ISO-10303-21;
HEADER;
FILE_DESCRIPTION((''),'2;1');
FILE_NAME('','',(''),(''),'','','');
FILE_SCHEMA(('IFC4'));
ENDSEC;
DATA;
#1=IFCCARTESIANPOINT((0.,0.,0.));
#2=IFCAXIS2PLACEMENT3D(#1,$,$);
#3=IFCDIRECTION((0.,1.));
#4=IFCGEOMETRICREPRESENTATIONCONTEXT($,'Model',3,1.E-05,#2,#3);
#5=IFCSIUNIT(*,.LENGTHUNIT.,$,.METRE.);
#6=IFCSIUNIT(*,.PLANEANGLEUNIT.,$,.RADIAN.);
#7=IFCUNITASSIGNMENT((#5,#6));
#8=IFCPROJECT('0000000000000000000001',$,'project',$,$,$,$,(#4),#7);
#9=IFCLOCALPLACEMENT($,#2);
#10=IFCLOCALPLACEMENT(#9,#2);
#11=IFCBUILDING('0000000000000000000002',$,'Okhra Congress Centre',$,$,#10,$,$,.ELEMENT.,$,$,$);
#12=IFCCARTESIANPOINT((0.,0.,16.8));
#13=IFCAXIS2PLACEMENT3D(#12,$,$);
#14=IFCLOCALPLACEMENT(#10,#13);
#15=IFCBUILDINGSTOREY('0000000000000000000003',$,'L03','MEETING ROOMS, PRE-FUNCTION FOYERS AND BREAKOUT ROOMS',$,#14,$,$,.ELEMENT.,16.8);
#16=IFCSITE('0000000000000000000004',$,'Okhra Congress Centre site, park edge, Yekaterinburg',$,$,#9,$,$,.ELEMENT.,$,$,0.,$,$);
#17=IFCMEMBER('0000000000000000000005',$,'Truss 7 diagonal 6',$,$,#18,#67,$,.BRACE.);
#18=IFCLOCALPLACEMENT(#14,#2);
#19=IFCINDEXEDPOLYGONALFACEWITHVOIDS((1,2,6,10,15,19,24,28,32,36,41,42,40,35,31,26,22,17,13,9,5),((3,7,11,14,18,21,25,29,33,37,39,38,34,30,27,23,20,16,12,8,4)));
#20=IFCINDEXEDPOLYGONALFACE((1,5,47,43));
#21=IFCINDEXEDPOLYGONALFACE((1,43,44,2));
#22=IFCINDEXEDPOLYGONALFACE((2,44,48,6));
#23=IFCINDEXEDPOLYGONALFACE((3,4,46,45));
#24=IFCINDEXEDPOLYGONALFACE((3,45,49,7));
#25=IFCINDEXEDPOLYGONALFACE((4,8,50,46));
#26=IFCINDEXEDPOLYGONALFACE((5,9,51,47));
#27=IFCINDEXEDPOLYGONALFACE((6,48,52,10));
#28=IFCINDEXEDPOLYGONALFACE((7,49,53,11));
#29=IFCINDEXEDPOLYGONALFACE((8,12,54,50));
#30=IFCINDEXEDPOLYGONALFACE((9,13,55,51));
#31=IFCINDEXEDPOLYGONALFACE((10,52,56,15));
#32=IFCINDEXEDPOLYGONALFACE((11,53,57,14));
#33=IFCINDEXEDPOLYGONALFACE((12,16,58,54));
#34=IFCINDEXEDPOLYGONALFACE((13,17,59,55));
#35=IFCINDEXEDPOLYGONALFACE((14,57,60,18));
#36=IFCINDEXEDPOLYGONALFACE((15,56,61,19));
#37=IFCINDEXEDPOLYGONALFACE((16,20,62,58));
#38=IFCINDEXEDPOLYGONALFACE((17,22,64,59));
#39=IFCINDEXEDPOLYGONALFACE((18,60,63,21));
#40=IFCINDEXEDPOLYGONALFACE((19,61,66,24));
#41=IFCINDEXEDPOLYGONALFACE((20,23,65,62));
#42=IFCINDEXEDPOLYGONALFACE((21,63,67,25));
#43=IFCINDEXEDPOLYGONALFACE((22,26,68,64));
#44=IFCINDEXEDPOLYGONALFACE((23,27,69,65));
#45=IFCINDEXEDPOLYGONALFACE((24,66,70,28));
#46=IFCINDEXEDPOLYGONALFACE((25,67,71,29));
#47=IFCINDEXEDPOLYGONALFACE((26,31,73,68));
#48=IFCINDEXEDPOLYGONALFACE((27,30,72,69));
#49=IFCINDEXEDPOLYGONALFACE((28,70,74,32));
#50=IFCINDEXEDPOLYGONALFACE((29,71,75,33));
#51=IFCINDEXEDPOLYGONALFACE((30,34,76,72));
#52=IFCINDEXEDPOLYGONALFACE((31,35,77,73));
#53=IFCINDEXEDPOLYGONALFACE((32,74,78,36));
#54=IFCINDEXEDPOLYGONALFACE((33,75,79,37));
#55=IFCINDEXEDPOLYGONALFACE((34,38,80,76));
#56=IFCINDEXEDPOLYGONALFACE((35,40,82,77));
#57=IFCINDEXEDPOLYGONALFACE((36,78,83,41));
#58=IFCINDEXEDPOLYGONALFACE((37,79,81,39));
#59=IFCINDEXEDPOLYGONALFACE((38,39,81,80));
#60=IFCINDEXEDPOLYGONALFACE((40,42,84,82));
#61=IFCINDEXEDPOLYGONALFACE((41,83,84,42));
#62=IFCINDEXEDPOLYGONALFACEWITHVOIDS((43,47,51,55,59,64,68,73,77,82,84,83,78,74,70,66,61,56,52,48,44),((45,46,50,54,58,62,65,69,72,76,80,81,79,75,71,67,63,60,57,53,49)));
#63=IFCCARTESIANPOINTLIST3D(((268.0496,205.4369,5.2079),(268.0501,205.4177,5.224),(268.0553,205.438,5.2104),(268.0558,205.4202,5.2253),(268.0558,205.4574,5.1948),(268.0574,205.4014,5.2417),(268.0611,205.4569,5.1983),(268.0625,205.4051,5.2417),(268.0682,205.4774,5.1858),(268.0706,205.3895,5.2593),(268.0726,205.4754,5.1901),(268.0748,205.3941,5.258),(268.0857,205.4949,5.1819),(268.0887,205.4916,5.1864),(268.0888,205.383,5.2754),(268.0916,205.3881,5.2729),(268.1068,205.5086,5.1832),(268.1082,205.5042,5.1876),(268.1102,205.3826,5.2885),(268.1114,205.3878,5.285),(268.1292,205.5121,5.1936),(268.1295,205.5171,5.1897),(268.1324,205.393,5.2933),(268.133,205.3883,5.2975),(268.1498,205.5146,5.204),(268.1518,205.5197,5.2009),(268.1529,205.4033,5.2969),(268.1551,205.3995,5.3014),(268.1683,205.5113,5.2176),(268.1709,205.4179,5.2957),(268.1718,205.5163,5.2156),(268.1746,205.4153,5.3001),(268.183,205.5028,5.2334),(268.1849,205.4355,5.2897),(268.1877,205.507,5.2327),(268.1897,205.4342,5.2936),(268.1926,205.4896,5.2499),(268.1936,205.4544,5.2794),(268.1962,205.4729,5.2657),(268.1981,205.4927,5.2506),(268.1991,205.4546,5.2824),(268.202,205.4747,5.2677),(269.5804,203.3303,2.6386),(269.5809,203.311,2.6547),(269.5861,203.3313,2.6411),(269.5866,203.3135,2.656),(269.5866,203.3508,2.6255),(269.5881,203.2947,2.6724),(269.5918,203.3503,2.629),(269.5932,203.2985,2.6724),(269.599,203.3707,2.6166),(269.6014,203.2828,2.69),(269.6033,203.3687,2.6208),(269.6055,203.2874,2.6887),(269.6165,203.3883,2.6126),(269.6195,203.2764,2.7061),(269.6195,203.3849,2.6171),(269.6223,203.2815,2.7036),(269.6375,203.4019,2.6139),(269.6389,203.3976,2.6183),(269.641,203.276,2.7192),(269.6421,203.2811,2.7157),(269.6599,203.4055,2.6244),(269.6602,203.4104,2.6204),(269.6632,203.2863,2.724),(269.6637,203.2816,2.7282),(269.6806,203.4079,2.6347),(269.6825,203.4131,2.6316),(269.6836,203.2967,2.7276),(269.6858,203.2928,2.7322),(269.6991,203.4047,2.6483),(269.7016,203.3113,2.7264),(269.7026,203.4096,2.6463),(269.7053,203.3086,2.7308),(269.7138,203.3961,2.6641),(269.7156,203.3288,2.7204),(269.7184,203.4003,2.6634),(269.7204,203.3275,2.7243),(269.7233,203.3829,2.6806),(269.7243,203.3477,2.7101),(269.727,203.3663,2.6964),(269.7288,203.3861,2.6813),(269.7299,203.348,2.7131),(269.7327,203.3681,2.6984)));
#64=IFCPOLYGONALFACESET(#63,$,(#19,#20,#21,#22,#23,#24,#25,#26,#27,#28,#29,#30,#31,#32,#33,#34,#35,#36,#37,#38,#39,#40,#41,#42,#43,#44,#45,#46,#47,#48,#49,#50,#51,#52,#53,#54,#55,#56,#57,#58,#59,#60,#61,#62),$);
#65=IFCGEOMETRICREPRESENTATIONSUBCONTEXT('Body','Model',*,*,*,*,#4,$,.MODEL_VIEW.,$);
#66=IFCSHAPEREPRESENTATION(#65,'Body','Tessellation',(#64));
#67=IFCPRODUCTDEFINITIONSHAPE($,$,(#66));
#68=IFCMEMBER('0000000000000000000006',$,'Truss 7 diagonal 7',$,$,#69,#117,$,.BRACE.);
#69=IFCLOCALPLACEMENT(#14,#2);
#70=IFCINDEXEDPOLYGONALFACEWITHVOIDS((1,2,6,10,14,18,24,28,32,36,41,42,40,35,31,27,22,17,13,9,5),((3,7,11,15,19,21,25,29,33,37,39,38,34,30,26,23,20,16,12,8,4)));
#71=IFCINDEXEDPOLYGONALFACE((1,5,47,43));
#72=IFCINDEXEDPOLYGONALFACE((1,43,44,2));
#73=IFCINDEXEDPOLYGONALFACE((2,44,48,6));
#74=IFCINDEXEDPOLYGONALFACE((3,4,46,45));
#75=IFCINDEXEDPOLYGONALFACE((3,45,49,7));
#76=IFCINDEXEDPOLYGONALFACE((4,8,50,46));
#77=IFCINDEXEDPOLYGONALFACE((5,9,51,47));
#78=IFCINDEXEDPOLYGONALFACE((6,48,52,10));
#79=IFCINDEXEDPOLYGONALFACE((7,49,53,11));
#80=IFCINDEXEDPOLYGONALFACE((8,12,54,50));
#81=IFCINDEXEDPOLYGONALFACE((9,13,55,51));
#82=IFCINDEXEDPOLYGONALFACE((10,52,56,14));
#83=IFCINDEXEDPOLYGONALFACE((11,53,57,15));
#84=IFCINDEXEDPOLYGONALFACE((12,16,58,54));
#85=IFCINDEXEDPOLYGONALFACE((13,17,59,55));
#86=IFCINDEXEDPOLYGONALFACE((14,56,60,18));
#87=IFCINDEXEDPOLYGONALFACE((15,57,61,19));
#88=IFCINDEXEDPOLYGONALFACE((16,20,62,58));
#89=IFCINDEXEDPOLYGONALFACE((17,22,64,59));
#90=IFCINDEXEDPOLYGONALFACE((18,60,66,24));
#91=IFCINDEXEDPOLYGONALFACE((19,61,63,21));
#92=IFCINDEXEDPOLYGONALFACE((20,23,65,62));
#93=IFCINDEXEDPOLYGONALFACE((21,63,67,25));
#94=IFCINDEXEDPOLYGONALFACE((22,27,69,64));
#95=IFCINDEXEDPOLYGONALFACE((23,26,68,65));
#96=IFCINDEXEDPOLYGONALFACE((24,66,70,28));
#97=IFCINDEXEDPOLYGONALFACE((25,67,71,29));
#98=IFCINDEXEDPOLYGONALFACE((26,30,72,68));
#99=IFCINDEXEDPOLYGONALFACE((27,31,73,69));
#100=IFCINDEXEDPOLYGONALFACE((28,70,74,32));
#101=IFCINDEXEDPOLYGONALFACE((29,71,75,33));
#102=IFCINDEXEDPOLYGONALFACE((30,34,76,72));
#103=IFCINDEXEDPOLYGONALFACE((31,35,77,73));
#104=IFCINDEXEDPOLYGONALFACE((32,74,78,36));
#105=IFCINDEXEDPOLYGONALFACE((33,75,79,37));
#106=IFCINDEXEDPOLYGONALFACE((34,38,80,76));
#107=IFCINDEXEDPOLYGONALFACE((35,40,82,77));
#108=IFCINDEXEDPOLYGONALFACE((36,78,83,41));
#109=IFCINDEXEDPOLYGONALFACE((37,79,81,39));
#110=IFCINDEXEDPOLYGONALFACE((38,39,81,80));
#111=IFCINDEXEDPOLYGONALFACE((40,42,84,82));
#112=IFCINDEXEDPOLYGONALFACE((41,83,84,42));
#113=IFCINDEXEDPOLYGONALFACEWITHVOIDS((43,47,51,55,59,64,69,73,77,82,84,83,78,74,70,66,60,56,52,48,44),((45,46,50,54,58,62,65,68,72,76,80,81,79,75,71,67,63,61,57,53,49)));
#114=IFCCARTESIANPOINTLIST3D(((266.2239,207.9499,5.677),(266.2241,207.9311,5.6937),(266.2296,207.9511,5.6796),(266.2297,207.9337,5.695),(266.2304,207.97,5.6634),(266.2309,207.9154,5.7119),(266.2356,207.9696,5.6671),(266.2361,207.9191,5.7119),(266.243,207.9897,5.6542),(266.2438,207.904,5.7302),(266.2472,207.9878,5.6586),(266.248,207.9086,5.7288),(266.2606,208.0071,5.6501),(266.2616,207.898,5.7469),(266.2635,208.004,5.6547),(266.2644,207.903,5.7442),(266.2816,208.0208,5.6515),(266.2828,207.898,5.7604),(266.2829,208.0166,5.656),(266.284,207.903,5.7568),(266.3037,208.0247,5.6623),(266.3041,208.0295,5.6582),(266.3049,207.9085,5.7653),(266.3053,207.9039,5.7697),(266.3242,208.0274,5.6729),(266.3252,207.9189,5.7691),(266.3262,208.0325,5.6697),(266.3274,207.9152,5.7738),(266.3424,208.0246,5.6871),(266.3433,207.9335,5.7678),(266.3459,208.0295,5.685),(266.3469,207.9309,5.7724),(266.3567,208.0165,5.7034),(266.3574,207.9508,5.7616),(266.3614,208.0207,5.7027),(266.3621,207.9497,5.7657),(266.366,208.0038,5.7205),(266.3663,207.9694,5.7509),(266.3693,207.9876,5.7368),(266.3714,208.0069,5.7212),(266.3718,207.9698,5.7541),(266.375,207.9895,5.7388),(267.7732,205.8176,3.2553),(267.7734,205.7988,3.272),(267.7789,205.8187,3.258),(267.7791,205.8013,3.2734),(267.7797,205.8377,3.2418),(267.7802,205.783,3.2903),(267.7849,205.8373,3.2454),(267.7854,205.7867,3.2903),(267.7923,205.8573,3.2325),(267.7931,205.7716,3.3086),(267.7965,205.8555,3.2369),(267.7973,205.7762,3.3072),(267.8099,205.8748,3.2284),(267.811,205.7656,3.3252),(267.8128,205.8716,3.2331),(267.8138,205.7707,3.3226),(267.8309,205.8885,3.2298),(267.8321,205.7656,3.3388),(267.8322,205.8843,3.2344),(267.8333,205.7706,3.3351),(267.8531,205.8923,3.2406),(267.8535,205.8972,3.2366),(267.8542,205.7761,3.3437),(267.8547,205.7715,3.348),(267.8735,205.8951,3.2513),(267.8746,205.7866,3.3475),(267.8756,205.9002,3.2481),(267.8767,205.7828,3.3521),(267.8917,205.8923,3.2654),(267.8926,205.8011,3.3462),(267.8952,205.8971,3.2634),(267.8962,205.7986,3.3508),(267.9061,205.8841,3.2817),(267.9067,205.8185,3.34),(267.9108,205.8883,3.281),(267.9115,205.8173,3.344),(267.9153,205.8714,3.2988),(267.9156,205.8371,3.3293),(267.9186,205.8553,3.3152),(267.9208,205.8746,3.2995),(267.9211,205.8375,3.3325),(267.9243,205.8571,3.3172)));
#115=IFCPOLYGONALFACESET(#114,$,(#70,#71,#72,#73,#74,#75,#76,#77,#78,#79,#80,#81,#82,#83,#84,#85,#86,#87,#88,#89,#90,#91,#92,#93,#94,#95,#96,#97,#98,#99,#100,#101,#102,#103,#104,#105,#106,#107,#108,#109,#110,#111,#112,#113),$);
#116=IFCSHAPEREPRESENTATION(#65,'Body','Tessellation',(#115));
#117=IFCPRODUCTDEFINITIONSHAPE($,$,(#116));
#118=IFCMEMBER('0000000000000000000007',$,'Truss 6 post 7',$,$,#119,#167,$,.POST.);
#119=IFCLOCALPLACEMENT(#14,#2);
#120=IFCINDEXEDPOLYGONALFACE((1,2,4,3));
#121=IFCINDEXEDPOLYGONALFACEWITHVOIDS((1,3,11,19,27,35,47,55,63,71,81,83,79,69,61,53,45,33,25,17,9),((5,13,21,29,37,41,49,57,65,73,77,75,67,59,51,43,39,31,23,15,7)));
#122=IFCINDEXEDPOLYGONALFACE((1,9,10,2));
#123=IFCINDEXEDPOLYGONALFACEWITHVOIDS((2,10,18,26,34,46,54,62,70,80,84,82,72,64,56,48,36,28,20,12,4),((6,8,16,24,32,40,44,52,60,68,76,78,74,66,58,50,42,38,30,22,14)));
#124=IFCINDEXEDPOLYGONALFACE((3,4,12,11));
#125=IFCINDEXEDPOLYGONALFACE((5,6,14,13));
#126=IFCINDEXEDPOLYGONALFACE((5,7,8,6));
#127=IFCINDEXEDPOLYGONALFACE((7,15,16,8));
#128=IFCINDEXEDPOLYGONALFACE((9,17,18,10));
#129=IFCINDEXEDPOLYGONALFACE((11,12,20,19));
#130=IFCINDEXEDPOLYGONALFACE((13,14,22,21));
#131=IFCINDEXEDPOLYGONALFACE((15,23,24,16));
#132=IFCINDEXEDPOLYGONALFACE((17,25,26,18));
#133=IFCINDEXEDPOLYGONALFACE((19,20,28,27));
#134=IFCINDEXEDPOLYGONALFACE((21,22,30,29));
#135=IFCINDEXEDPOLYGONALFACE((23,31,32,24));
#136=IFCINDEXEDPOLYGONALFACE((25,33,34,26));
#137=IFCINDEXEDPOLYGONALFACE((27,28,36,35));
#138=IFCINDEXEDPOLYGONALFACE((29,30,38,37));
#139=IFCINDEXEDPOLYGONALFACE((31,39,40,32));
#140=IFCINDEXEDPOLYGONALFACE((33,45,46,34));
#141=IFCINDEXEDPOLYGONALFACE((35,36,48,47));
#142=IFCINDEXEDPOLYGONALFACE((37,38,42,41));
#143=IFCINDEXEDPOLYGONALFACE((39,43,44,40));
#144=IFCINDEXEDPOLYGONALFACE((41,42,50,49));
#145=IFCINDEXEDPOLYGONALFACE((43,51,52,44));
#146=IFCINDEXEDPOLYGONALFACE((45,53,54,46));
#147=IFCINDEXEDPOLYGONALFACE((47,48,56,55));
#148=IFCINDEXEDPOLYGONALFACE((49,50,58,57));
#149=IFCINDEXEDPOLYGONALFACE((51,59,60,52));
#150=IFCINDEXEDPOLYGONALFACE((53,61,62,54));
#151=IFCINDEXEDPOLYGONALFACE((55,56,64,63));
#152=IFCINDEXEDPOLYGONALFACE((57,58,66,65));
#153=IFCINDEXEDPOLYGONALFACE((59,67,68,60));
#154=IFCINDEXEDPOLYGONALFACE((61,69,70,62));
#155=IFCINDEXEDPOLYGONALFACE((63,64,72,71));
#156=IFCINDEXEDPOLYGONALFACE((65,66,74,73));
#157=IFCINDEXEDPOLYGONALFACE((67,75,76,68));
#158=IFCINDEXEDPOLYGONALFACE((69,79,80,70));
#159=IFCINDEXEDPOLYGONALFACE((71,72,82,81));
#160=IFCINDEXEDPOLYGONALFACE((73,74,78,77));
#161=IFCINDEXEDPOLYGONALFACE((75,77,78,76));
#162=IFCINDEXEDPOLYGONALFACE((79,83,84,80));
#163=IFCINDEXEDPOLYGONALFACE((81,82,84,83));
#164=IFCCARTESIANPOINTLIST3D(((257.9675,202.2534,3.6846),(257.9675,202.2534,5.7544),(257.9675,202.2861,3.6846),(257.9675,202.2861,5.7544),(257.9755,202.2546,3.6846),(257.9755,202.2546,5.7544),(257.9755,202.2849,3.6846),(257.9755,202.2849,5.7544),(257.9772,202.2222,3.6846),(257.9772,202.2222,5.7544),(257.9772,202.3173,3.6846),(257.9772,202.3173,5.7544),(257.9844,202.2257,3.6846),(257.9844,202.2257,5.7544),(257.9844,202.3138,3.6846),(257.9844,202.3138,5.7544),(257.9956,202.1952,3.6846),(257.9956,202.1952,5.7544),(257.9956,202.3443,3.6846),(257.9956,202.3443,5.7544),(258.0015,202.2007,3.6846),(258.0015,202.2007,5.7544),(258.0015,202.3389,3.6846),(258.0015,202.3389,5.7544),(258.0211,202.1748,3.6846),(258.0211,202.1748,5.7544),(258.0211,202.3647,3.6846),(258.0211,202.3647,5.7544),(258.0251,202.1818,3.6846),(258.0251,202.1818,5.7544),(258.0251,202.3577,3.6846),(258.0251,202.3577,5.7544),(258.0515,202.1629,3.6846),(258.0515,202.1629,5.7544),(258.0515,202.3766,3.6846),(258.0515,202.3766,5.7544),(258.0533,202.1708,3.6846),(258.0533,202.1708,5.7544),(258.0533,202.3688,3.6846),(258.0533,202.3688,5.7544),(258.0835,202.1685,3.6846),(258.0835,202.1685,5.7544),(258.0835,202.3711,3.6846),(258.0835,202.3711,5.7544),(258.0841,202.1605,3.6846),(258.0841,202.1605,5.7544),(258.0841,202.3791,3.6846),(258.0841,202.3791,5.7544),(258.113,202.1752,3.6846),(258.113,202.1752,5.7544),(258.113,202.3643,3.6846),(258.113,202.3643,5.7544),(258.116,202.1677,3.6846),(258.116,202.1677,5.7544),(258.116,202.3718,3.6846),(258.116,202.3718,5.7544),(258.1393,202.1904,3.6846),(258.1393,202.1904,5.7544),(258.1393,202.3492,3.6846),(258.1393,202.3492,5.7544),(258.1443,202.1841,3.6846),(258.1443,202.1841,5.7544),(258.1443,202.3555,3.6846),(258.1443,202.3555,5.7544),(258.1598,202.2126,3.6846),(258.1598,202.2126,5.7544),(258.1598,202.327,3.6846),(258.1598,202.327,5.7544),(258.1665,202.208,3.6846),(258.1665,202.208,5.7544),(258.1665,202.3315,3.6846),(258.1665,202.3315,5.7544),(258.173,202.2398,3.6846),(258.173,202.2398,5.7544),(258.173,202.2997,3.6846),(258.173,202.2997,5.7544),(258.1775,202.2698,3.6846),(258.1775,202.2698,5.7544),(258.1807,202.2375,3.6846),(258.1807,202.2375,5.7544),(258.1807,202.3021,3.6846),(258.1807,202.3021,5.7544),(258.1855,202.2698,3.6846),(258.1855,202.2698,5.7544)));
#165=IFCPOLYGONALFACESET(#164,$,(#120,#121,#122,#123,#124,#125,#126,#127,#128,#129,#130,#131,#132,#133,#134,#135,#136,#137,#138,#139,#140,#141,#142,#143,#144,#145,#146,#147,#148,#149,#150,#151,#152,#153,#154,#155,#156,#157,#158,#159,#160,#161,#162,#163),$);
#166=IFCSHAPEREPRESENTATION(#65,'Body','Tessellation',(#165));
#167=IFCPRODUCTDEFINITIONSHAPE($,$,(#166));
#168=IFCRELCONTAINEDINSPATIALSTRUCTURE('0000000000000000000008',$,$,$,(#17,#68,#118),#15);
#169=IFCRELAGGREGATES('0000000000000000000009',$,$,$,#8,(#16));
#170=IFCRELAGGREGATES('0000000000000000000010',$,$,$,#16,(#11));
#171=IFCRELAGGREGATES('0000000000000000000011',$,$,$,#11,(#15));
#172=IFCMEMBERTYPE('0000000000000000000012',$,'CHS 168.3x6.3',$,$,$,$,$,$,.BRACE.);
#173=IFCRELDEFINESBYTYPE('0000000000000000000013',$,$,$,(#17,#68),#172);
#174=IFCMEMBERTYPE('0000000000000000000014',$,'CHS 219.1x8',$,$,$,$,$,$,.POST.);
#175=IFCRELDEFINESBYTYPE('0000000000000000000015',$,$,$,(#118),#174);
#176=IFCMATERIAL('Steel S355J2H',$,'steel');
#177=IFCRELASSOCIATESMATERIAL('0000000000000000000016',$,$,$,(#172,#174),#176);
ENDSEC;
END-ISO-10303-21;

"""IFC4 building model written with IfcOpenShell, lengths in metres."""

from ifc_helpers import new_model, si_unit, direction, frame, origin, origin_2d, place, context, subcontext, project, spatial, hollow_circle, extrude, material, material_profile, profile_set, type_object, element, save


model = new_model("IFC4")

# Units and contexts
model_context = context("Model", 3, precision=1e-05, world=origin(), true_north=direction((0.0, 1.0)))
body_context = subcontext(model_context, "Body", "Model", "MODEL_VIEW")
ifc_project = project(units=[si_unit("LENGTHUNIT", "METRE"), si_unit("PLANEANGLEUNIT", "RADIAN")], contexts=[model_context])

# Site, building, storey
site_placement = place(None, origin())
site = spatial("IfcSite", under=ifc_project, at=site_placement, Name="Okhra Congress Centre site, park edge, Yekaterinburg", CompositionType="ELEMENT", RefElevation=0.0)
building_placement = place(site_placement, origin())
building = spatial("IfcBuilding", under=site, at=building_placement, Name="Okhra Congress Centre", CompositionType="ELEMENT")
storey_placement = place(building_placement, frame((0.0, 0.0, 16.8)))
storey = spatial("IfcBuildingStorey", under=building, at=storey_placement, Name="L03", Description="MEETING ROOMS, PRE-FUNCTION FOYERS AND BREAKOUT ROOMS", CompositionType="ELEMENT", Elevation=16.8)

# Members
ifc_material_1 = material(Name="Steel S355J2H", Category="steel")
ifc_material_profile_1 = material_profile(ifc_material_1, hollow_circle(Radius=0.0842, WallThickness=0.0063, at=origin_2d()), Name="CHS 168.3x6.3")
ifc_profile_set_1 = profile_set([ifc_material_profile_1], Name="Steel S355J2H")
member_type_1 = type_object("IfcMemberType", Name="CHS 168.3x6.3", PredefinedType="BRACE", material=ifc_profile_set_1)
member_1_placement = place(storey_placement, frame((269.6562, 203.3442, 2.6724), z_axis=(-0.41844, 0.575872, 0.702338), x_axis=(-0.808987, -0.587826, 0.0)))
element("IfcMember", 1, at=member_1_placement, inside=storey, type_object=member_type_1, Name="Truss 7 diagonal 6", PredefinedType="BRACE", context=body_context, shape_type="SweptSolid", body=[
    extrude(hollow_circle(Radius=0.0842, WallThickness=0.0063, at=origin_2d()), origin(), (0.0, 0.0, 1.0), 3.6582),
])
member_2_placement = place(storey_placement, frame((267.8484, 205.8325, 3.2903), z_axis=(-0.432853, 0.595736, 0.676563), x_axis=(-0.809, -0.587808, 0.0)))
element("IfcMember", 2, at=member_2_placement, inside=storey, type_object=member_type_1, Name="Truss 7 diagonal 7", PredefinedType="BRACE", context=body_context, shape_type="SweptSolid", body=[
    extrude(hollow_circle(Radius=0.0842, WallThickness=0.0063, at=origin_2d()), origin(), (0.0, 0.0, 1.0), 3.5793),
])
ifc_material_profile_2 = material_profile(ifc_material_1, hollow_circle(Radius=0.1096, WallThickness=0.0081, at=origin_2d()), Name="CHS 219.1x8")
ifc_profile_set_2 = profile_set([ifc_material_profile_2], Name="Steel S355J2H")
member_type_2 = type_object("IfcMemberType", Name="CHS 219.1x8", PredefinedType="POST", material=ifc_profile_set_2)
member_3_placement = place(storey_placement, frame((258.0759, 202.2698, 3.6846), z_axis=(0.0, 0.0, 1.0), x_axis=(1.0, 0.0, 0.0)))
element("IfcMember", 3, at=member_3_placement, inside=storey, type_object=member_type_2, Name="Truss 6 post 7", PredefinedType="POST", context=body_context, shape_type="SweptSolid", body=[
    extrude(hollow_circle(Radius=0.1096, WallThickness=0.0081, at=origin_2d()), origin(), (0.0, 0.0, 1.0), 2.0698),
])

save(model, "model.ifc")
